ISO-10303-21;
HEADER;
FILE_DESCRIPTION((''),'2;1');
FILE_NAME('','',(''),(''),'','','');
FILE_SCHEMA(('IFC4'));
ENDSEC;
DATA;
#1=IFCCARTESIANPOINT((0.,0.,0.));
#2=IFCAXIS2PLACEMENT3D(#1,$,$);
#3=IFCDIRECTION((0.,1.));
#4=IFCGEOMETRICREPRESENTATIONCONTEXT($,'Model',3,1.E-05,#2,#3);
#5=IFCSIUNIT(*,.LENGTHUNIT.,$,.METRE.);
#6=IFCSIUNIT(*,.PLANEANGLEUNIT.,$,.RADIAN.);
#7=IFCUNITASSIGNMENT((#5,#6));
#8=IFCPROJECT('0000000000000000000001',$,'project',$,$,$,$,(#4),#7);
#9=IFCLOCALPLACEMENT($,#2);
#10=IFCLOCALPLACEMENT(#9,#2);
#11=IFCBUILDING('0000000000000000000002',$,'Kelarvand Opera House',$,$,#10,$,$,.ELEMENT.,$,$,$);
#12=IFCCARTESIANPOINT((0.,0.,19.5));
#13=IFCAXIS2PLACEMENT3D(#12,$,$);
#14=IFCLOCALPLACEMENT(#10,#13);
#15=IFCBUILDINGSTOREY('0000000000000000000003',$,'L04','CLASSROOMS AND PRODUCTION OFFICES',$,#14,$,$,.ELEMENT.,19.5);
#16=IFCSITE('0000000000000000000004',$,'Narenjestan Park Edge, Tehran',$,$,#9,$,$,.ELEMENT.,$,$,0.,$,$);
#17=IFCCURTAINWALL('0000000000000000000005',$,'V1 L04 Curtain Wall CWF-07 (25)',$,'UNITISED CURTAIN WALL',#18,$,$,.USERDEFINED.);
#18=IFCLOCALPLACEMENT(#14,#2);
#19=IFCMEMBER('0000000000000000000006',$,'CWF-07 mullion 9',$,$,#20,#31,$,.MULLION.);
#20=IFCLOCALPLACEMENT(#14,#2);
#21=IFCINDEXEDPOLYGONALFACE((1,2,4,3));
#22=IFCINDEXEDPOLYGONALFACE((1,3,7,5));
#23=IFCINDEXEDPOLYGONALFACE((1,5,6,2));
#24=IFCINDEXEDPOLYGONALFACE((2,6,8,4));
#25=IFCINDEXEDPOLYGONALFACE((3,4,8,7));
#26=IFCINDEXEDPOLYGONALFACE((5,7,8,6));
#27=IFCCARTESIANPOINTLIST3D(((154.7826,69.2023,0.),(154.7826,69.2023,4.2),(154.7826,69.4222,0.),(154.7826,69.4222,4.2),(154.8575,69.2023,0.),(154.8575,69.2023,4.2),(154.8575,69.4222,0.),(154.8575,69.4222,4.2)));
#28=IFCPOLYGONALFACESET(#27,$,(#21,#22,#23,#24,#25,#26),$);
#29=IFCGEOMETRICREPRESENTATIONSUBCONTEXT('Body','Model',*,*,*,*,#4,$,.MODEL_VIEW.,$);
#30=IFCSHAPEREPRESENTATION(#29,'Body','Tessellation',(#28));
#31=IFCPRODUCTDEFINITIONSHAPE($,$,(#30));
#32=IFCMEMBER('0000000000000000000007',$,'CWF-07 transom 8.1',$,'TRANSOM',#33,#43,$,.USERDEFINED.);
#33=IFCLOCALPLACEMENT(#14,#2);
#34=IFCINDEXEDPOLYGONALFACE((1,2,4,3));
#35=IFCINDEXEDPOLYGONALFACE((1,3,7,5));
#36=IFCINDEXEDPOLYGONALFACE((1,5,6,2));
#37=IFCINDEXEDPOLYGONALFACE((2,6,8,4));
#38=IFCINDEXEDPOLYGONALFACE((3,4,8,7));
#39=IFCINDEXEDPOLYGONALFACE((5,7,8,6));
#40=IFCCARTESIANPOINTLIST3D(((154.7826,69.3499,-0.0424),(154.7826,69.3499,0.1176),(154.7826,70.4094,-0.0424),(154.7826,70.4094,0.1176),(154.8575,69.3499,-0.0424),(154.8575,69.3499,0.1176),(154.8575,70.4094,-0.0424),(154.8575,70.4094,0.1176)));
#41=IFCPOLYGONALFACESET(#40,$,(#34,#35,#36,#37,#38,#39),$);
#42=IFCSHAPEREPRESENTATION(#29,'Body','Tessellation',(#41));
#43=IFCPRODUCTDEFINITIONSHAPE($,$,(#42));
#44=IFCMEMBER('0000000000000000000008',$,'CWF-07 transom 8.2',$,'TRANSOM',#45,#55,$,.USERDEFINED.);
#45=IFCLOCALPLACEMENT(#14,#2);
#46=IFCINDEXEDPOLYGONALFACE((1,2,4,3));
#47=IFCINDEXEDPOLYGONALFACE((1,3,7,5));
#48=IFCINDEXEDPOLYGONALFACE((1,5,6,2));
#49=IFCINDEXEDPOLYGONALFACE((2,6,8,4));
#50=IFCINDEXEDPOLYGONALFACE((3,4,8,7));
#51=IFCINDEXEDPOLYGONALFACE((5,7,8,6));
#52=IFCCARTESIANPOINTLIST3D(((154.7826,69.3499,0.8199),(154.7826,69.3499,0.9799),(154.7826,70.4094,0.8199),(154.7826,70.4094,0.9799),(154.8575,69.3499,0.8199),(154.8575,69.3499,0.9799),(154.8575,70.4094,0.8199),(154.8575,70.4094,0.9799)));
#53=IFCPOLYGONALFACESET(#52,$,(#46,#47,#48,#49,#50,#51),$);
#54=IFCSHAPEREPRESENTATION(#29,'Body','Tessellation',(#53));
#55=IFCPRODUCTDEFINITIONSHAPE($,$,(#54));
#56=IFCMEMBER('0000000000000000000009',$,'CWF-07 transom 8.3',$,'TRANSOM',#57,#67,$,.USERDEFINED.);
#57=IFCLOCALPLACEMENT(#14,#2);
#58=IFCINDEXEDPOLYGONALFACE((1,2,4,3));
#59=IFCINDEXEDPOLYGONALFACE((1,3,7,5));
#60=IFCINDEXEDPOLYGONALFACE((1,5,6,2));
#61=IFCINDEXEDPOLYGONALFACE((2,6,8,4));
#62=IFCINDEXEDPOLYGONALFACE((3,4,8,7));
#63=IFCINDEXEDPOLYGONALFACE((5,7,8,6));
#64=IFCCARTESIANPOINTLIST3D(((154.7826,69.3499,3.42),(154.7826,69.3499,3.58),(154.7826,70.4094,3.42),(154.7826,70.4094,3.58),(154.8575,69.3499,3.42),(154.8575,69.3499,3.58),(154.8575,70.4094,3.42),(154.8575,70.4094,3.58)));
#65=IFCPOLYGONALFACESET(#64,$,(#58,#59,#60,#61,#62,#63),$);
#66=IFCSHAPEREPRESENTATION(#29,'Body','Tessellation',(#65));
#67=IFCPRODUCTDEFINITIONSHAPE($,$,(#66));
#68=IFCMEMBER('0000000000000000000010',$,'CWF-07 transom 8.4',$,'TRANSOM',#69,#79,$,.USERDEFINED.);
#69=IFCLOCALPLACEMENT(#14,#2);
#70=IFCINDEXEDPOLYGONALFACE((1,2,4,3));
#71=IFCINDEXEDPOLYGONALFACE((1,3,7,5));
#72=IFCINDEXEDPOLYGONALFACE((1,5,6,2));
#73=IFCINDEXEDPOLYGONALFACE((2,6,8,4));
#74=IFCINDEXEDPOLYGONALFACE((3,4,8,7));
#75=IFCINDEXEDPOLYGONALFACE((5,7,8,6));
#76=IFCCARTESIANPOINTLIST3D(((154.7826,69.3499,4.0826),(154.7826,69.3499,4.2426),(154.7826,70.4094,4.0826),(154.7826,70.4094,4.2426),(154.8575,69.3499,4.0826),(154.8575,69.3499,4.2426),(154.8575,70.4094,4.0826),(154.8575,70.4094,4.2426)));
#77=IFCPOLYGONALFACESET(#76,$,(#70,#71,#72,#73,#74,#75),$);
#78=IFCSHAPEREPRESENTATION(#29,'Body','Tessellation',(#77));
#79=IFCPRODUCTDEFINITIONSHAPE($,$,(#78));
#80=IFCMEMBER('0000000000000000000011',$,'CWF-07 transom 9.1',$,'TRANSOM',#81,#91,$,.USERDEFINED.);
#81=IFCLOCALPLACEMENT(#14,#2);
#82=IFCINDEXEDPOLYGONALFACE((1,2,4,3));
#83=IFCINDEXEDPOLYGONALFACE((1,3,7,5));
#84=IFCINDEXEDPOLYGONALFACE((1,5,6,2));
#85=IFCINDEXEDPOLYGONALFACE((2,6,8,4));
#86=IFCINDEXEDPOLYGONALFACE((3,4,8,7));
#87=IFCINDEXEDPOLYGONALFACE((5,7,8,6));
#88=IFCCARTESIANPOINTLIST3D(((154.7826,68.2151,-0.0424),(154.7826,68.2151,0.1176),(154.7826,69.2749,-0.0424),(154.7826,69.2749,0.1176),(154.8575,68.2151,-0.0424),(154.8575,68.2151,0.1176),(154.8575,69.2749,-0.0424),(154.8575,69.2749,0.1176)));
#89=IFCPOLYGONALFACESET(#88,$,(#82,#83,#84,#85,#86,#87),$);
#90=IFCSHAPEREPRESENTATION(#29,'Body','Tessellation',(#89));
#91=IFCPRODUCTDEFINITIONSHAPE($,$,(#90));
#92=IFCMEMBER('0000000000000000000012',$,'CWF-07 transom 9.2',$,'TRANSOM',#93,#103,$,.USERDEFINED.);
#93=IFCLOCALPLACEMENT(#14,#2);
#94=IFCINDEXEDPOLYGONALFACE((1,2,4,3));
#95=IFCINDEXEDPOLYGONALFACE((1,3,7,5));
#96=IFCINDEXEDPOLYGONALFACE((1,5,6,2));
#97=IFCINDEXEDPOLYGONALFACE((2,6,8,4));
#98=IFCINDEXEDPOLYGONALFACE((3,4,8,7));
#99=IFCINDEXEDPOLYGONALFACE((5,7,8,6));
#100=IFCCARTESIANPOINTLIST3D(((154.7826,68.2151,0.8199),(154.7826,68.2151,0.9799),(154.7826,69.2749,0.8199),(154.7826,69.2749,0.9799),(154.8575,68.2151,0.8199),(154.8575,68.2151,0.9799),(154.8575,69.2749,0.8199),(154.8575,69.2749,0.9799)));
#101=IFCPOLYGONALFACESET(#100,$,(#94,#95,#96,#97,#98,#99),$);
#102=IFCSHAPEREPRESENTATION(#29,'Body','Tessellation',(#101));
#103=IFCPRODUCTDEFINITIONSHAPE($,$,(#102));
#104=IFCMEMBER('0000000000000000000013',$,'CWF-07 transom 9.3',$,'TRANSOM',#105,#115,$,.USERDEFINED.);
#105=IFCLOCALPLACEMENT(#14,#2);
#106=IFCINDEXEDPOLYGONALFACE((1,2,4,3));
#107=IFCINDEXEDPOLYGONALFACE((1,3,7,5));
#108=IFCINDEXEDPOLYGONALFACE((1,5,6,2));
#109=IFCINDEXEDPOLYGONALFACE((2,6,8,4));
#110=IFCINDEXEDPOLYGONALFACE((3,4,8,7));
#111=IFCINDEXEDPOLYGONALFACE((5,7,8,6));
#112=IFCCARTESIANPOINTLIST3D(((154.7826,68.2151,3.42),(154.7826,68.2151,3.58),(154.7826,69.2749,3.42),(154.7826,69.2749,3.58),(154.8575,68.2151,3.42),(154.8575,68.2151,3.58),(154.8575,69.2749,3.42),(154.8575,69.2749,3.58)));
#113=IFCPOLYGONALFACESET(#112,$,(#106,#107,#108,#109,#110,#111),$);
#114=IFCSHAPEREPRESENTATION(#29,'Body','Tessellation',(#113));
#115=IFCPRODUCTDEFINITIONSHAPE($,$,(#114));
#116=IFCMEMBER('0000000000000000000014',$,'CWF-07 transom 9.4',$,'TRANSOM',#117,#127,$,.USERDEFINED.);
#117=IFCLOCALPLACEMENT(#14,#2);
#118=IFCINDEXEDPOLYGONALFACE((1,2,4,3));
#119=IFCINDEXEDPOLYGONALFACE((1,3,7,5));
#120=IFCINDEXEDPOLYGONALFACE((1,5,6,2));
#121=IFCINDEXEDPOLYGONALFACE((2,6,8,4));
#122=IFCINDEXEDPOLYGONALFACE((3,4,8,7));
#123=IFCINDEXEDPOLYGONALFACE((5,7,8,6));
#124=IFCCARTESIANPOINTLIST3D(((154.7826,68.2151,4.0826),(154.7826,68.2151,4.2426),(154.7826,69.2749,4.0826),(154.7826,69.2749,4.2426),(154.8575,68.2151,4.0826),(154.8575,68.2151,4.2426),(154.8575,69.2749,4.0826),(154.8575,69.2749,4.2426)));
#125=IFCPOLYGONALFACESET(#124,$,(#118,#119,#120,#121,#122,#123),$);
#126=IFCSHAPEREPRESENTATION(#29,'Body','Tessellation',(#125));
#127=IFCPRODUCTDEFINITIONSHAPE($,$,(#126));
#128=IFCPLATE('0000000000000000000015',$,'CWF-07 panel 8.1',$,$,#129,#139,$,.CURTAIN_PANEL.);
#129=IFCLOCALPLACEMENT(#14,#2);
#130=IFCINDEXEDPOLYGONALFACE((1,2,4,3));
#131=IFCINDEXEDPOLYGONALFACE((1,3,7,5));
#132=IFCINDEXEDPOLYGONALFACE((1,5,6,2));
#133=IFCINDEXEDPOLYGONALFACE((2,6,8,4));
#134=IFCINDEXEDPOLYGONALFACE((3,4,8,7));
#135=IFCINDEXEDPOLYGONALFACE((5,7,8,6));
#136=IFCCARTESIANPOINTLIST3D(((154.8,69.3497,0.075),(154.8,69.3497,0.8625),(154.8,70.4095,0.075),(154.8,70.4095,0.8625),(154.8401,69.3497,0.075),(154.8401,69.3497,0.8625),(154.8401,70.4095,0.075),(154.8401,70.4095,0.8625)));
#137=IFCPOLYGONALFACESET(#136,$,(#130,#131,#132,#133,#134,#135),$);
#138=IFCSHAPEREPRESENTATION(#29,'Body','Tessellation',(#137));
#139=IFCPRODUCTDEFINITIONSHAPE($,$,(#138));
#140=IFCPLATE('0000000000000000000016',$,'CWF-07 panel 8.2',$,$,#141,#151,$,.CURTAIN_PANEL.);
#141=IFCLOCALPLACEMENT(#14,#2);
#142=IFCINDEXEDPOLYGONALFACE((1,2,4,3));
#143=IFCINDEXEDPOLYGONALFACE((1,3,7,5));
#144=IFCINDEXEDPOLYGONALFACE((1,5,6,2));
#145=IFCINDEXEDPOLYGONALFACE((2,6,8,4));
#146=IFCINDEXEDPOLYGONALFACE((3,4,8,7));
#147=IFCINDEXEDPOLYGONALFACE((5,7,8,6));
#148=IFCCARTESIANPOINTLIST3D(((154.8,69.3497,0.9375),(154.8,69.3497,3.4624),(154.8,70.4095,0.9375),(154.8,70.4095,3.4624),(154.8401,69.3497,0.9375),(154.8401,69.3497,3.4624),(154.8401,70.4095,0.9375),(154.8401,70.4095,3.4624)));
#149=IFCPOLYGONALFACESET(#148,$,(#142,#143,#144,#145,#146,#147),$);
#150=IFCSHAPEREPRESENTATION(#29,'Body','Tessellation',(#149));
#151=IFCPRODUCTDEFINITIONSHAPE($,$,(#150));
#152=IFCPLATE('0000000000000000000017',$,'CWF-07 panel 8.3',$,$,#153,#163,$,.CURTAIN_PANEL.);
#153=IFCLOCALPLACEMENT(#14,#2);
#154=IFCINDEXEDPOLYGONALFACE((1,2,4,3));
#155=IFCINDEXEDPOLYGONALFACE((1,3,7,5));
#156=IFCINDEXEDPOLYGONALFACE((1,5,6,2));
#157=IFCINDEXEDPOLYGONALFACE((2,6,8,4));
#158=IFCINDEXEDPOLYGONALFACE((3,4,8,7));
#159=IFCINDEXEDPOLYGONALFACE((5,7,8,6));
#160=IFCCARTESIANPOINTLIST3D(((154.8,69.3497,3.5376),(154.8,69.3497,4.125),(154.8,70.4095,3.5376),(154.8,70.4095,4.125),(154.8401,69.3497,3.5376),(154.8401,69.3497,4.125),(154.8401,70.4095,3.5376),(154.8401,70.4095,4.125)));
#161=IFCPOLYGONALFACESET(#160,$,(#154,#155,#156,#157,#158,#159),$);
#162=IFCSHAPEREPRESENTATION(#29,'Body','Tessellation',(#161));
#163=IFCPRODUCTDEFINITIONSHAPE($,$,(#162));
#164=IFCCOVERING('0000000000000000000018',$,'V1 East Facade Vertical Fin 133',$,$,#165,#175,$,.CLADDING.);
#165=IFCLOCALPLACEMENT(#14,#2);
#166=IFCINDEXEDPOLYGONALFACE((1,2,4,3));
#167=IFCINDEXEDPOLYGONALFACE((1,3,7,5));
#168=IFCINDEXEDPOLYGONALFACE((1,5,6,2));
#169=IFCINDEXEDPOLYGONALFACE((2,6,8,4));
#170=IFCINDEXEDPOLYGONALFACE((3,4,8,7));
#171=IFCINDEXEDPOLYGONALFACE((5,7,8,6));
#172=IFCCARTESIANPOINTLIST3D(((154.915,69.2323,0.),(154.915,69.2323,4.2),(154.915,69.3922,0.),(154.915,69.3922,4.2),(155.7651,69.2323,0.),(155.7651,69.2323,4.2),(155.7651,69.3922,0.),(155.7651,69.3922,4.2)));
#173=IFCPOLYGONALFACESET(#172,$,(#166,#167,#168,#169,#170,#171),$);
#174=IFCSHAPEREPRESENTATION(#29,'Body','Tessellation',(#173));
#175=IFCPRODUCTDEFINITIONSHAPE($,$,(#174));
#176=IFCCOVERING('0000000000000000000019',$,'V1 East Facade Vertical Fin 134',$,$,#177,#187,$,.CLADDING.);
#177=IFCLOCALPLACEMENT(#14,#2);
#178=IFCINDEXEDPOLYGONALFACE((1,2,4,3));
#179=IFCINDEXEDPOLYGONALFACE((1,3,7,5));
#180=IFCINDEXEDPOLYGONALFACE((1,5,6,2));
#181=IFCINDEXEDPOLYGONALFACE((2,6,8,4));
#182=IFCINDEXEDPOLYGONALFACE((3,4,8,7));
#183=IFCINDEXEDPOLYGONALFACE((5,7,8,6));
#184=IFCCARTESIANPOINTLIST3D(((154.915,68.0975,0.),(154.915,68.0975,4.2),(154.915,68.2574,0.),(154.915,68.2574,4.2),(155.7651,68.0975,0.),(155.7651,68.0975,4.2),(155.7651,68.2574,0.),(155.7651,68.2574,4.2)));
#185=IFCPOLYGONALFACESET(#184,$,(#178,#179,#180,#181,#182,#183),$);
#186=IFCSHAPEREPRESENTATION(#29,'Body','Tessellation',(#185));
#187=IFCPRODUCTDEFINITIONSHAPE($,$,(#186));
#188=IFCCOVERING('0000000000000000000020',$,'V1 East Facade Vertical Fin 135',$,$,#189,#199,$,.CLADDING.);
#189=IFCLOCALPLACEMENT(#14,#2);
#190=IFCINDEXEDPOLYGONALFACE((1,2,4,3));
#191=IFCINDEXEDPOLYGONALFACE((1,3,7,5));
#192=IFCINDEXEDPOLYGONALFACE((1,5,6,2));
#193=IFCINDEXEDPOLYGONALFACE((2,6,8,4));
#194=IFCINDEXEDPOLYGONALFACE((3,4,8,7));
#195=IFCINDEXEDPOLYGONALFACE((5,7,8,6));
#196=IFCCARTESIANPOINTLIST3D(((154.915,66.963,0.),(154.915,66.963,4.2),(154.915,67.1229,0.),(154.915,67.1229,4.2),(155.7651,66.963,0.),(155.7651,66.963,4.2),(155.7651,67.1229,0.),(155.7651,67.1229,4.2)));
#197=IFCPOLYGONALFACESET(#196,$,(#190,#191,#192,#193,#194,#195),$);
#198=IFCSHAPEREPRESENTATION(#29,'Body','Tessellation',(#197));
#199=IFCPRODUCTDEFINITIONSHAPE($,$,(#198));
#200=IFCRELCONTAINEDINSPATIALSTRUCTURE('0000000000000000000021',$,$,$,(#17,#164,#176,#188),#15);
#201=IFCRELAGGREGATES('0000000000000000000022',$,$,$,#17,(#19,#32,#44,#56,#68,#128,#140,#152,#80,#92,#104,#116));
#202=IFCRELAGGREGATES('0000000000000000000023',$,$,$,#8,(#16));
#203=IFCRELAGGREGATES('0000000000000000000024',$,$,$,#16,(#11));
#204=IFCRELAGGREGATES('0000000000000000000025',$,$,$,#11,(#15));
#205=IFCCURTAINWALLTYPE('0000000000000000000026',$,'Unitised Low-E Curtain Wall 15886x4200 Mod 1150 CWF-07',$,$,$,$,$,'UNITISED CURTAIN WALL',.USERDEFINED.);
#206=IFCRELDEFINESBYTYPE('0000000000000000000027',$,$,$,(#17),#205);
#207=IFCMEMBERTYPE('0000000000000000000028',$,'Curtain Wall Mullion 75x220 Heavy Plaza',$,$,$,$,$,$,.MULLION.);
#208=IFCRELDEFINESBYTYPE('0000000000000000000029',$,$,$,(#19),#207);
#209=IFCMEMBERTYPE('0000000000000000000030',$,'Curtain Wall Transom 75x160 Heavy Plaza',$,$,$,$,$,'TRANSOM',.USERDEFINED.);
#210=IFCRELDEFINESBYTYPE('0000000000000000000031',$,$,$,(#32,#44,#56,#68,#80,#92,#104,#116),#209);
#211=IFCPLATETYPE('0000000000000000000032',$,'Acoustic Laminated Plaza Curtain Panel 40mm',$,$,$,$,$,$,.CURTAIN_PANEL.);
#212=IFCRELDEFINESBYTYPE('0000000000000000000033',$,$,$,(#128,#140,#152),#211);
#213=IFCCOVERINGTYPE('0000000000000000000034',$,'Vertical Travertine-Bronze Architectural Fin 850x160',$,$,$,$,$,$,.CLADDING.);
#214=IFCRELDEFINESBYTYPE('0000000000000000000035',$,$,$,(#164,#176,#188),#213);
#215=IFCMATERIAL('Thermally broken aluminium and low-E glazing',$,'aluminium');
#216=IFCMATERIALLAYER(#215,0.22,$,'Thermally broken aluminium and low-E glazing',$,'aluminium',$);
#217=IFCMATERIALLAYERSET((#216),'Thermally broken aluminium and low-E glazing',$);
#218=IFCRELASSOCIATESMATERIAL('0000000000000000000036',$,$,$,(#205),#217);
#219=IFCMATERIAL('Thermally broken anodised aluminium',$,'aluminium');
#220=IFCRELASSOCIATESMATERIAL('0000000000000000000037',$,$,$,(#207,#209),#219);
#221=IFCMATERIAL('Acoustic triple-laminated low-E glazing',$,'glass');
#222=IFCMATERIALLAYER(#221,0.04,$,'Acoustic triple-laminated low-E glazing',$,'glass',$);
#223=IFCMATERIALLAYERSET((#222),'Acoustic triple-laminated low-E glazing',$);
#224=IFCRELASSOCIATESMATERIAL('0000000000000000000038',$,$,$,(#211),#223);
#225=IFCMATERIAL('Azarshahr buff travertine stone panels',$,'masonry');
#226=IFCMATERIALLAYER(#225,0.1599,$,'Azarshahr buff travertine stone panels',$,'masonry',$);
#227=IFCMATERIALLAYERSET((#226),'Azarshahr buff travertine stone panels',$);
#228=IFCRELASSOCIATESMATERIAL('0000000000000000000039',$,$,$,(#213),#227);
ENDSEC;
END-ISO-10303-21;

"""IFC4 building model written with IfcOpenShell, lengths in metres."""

from ifc_helpers import new_model, si_unit, direction, frame, origin, origin_2d, place, context, subcontext, project, spatial, rectangle, extrude, material, layer, layer_set, material_profile, profile_set, type_object, element, aggregate, save


model = new_model("IFC4")

# Units and contexts
model_context = context("Model", 3, precision=1e-05, world=origin(), true_north=direction((0.0, 1.0)))
body_context = subcontext(model_context, "Body", "Model", "MODEL_VIEW")
ifc_project = project(units=[si_unit("LENGTHUNIT", "METRE"), si_unit("PLANEANGLEUNIT", "RADIAN")], contexts=[model_context])

# Site, building, storey
site_placement = place(None, origin())
site = spatial("IfcSite", under=ifc_project, at=site_placement, Name="Narenjestan Park Edge, Tehran", CompositionType="ELEMENT", RefElevation=0.0)
building_placement = place(site_placement, origin())
building = spatial("IfcBuilding", under=site, at=building_placement, Name="Kelarvand Opera House", CompositionType="ELEMENT")
storey_placement = place(building_placement, frame((0.0, 0.0, 19.5)))
storey = spatial("IfcBuildingStorey", under=building, at=storey_placement, Name="L04", Description="CLASSROOMS AND PRODUCTION OFFICES", CompositionType="ELEMENT", Elevation=19.5)

# Curtain wall, members, plates
ifc_material_1 = material(Name="Thermally broken aluminium and low-E glazing", Category="aluminium")
ifc_layer_1 = layer(ifc_material_1, 0.22, Name="Thermally broken aluminium and low-E glazing", Category="aluminium")
ifc_layer_set_1 = layer_set([ifc_layer_1], Name="Thermally broken aluminium and low-E glazing")
curtain_wall_type = type_object("IfcCurtainWallType", Name="Unitised Low-E Curtain Wall 15886x4200 Mod 1150 CWF-07", ElementType="UNITISED CURTAIN WALL", PredefinedType="USERDEFINED", material=ifc_layer_set_1)
curtain_wall_placement = place(storey_placement, origin())
curtain_wall = element("IfcCurtainWall", 1, at=curtain_wall_placement, inside=storey, type_object=curtain_wall_type, Name="V1 L04 Curtain Wall CWF-07 (25)", ObjectType="UNITISED CURTAIN WALL", PredefinedType="USERDEFINED")
ifc_material_2 = material(Name="Thermally broken anodised aluminium", Category="aluminium")
ifc_material_profile_1 = material_profile(ifc_material_2, rectangle(XDim=0.075, YDim=0.22, at=origin_2d()), Name="ALU MULLION 75x220", Category="aluminium")
ifc_profile_set_1 = profile_set([ifc_material_profile_1], Name="Thermally broken anodised aluminium")
member_type_1 = type_object("IfcMemberType", Name="Curtain Wall Mullion 75x220 Heavy Plaza", PredefinedType="MULLION", material=ifc_profile_set_1)
member_1_placement = place(storey_placement, frame((154.8201, 69.3123, 0.0), z_axis=(0.0, 0.0, 1.0), x_axis=(1.0, 0.0, 0.0)))
member_1 = element("IfcMember", 2, at=member_1_placement, type_object=member_type_1, Name="CWF-07 mullion 9", PredefinedType="MULLION", context=body_context, shape_type="SweptSolid", body=[
    extrude(rectangle(XDim=0.075, YDim=0.22, at=origin_2d()), origin(), (0.0, 0.0, 1.0), 4.2),
])
ifc_material_profile_2 = material_profile(ifc_material_2, rectangle(XDim=0.075, YDim=0.1599, at=origin_2d()), Name="ALU TRANSOM 75x160", Category="aluminium")
ifc_profile_set_2 = profile_set([ifc_material_profile_2], Name="Thermally broken anodised aluminium")
member_type_2 = type_object("IfcMemberType", Name="Curtain Wall Transom 75x160 Heavy Plaza", ElementType="TRANSOM", PredefinedType="USERDEFINED", material=ifc_profile_set_2)
member_2_placement = place(storey_placement, frame((154.8201, 70.4094, 0.0376), z_axis=(0.0, -1.0, 0.0), x_axis=(1.0, 0.0, 0.0)))
member_2 = element("IfcMember", 3, at=member_2_placement, type_object=member_type_2, Name="CWF-07 transom 8.1", ObjectType="TRANSOM", PredefinedType="USERDEFINED", context=body_context, shape_type="SweptSolid", body=[
    extrude(rectangle(XDim=0.075, YDim=0.1599, at=origin_2d()), origin(), (0.0, 0.0, 1.0), 1.0596),
])
member_3_placement = place(storey_placement, frame((154.8201, 70.4094, 0.8999), z_axis=(0.0, -1.0, 0.0), x_axis=(1.0, 0.0, 0.0)))
member_3 = element("IfcMember", 4, at=member_3_placement, type_object=member_type_2, Name="CWF-07 transom 8.2", ObjectType="TRANSOM", PredefinedType="USERDEFINED", context=body_context, shape_type="SweptSolid", body=[
    extrude(rectangle(XDim=0.075, YDim=0.1599, at=origin_2d()), origin(), (0.0, 0.0, 1.0), 1.0596),
])
member_4_placement = place(storey_placement, frame((154.8201, 70.4094, 3.5), z_axis=(0.0, -1.0, 0.0), x_axis=(1.0, 0.0, 0.0)))
member_4 = element("IfcMember", 5, at=member_4_placement, type_object=member_type_2, Name="CWF-07 transom 8.3", ObjectType="TRANSOM", PredefinedType="USERDEFINED", context=body_context, shape_type="SweptSolid", body=[
    extrude(rectangle(XDim=0.075, YDim=0.1599, at=origin_2d()), origin(), (0.0, 0.0, 1.0), 1.0596),
])
member_5_placement = place(storey_placement, frame((154.8201, 70.4094, 4.1626), z_axis=(0.0, -1.0, 0.0), x_axis=(1.0, 0.0, 0.0)))
member_5 = element("IfcMember", 6, at=member_5_placement, type_object=member_type_2, Name="CWF-07 transom 8.4", ObjectType="TRANSOM", PredefinedType="USERDEFINED", context=body_context, shape_type="SweptSolid", body=[
    extrude(rectangle(XDim=0.075, YDim=0.1599, at=origin_2d()), origin(), (0.0, 0.0, 1.0), 1.0596),
])
member_6_placement = place(storey_placement, frame((154.8201, 69.2749, 0.0376), z_axis=(0.0, -1.0, 0.0), x_axis=(1.0, 0.0, 0.0)))
member_6 = element("IfcMember", 7, at=member_6_placement, type_object=member_type_2, Name="CWF-07 transom 9.1", ObjectType="TRANSOM", PredefinedType="USERDEFINED", context=body_context, shape_type="SweptSolid", body=[
    extrude(rectangle(XDim=0.075, YDim=0.1599, at=origin_2d()), origin(), (0.0, 0.0, 1.0), 1.0598),
])
member_7_placement = place(storey_placement, frame((154.8201, 69.2749, 0.8999), z_axis=(0.0, -1.0, 0.0), x_axis=(1.0, 0.0, 0.0)))
member_7 = element("IfcMember", 8, at=member_7_placement, type_object=member_type_2, Name="CWF-07 transom 9.2", ObjectType="TRANSOM", PredefinedType="USERDEFINED", context=body_context, shape_type="SweptSolid", body=[
    extrude(rectangle(XDim=0.075, YDim=0.1599, at=origin_2d()), origin(), (0.0, 0.0, 1.0), 1.0598),
])
member_8_placement = place(storey_placement, frame((154.8201, 69.2749, 3.5), z_axis=(0.0, -1.0, 0.0), x_axis=(1.0, 0.0, 0.0)))
member_8 = element("IfcMember", 9, at=member_8_placement, type_object=member_type_2, Name="CWF-07 transom 9.3", ObjectType="TRANSOM", PredefinedType="USERDEFINED", context=body_context, shape_type="SweptSolid", body=[
    extrude(rectangle(XDim=0.075, YDim=0.1599, at=origin_2d()), origin(), (0.0, 0.0, 1.0), 1.0598),
])
member_9_placement = place(storey_placement, frame((154.8201, 69.2749, 4.1626), z_axis=(0.0, -1.0, 0.0), x_axis=(1.0, 0.0, 0.0)))
member_9 = element("IfcMember", 10, at=member_9_placement, type_object=member_type_2, Name="CWF-07 transom 9.4", ObjectType="TRANSOM", PredefinedType="USERDEFINED", context=body_context, shape_type="SweptSolid", body=[
    extrude(rectangle(XDim=0.075, YDim=0.1599, at=origin_2d()), origin(), (0.0, 0.0, 1.0), 1.0598),
])
ifc_material_3 = material(Name="Acoustic triple-laminated low-E glazing", Category="glass")
ifc_layer_2 = layer(ifc_material_3, 0.04, Name="Acoustic triple-laminated low-E glazing", Category="glass")
ifc_layer_set_2 = layer_set([ifc_layer_2], Name="Acoustic triple-laminated low-E glazing")
plate_type = type_object("IfcPlateType", Name="Acoustic Laminated Plaza Curtain Panel 40mm", PredefinedType="CURTAIN_PANEL", material=ifc_layer_set_2)
plate_1_placement = place(storey_placement, frame((154.8201, 69.8796, 0.075), z_axis=(0.0, 0.0, 1.0), x_axis=(0.0, -1.0, 0.0)))
plate_1 = element("IfcPlate", 11, at=plate_1_placement, type_object=plate_type, Name="CWF-07 panel 8.1", PredefinedType="CURTAIN_PANEL", context=body_context, shape_type="SweptSolid", body=[
    extrude(rectangle(XDim=1.0598, YDim=0.04, at=origin_2d()), origin(), (0.0, 0.0, 1.0), 0.7876),
])
plate_2_placement = place(storey_placement, frame((154.8201, 69.8796, 0.9375), z_axis=(0.0, 0.0, 1.0), x_axis=(0.0, -1.0, 0.0)))
plate_2 = element("IfcPlate", 12, at=plate_2_placement, type_object=plate_type, Name="CWF-07 panel 8.2", PredefinedType="CURTAIN_PANEL", context=body_context, shape_type="SweptSolid", body=[
    extrude(rectangle(XDim=1.0598, YDim=0.04, at=origin_2d()), origin(), (0.0, 0.0, 1.0), 2.5249),
])
plate_3_placement = place(storey_placement, frame((154.8201, 69.8796, 3.5376), z_axis=(0.0, 0.0, 1.0), x_axis=(0.0, -1.0, 0.0)))
plate_3 = element("IfcPlate", 13, at=plate_3_placement, type_object=plate_type, Name="CWF-07 panel 8.3", PredefinedType="CURTAIN_PANEL", context=body_context, shape_type="SweptSolid", body=[
    extrude(rectangle(XDim=1.0598, YDim=0.04, at=origin_2d()), origin(), (0.0, 0.0, 1.0), 0.5874),
])
aggregate(curtain_wall, [member_1, member_2, member_3, member_4, member_5, plate_1, plate_2, plate_3, member_6, member_7, member_8, member_9])

# Coverings
ifc_material_4 = material(Name="Azarshahr buff travertine stone panels", Category="masonry")
ifc_layer_3 = layer(ifc_material_4, 0.1599, Name="Azarshahr buff travertine stone panels", Category="masonry")
ifc_layer_set_3 = layer_set([ifc_layer_3], Name="Azarshahr buff travertine stone panels")
covering_type = type_object("IfcCoveringType", Name="Vertical Travertine-Bronze Architectural Fin 850x160", PredefinedType="CLADDING", material=ifc_layer_set_3)
for number, where, z_axis, x_axis, name in (
    (14, (155.3401, 69.3123, 0.0), (0.0, 0.0, 1.0), (1.0, 0.0, 0.0), "V1 East Facade Vertical Fin 133"),
    (15, (155.3401, 68.1775, 0.0), (0.0, 0.0, 1.0), (1.0, 0.0, 0.0), "V1 East Facade Vertical Fin 134"),
    (16, (155.3401, 67.043, 0.0), (0.0, 0.0, 1.0), (1.0, 0.0, 0.0), "V1 East Facade Vertical Fin 135"),
):
    element("IfcCovering", number, at=place(storey_placement, frame(where, z_axis=z_axis, x_axis=x_axis)), inside=storey, type_object=covering_type, Name=name, PredefinedType="CLADDING", context=body_context, shape_type="SweptSolid", body=[
        extrude(rectangle(XDim=0.8501, YDim=0.1599, at=origin_2d()), origin(), (0.0, 0.0, 1.0), 4.2),
    ])

save(model, "model.ifc")
